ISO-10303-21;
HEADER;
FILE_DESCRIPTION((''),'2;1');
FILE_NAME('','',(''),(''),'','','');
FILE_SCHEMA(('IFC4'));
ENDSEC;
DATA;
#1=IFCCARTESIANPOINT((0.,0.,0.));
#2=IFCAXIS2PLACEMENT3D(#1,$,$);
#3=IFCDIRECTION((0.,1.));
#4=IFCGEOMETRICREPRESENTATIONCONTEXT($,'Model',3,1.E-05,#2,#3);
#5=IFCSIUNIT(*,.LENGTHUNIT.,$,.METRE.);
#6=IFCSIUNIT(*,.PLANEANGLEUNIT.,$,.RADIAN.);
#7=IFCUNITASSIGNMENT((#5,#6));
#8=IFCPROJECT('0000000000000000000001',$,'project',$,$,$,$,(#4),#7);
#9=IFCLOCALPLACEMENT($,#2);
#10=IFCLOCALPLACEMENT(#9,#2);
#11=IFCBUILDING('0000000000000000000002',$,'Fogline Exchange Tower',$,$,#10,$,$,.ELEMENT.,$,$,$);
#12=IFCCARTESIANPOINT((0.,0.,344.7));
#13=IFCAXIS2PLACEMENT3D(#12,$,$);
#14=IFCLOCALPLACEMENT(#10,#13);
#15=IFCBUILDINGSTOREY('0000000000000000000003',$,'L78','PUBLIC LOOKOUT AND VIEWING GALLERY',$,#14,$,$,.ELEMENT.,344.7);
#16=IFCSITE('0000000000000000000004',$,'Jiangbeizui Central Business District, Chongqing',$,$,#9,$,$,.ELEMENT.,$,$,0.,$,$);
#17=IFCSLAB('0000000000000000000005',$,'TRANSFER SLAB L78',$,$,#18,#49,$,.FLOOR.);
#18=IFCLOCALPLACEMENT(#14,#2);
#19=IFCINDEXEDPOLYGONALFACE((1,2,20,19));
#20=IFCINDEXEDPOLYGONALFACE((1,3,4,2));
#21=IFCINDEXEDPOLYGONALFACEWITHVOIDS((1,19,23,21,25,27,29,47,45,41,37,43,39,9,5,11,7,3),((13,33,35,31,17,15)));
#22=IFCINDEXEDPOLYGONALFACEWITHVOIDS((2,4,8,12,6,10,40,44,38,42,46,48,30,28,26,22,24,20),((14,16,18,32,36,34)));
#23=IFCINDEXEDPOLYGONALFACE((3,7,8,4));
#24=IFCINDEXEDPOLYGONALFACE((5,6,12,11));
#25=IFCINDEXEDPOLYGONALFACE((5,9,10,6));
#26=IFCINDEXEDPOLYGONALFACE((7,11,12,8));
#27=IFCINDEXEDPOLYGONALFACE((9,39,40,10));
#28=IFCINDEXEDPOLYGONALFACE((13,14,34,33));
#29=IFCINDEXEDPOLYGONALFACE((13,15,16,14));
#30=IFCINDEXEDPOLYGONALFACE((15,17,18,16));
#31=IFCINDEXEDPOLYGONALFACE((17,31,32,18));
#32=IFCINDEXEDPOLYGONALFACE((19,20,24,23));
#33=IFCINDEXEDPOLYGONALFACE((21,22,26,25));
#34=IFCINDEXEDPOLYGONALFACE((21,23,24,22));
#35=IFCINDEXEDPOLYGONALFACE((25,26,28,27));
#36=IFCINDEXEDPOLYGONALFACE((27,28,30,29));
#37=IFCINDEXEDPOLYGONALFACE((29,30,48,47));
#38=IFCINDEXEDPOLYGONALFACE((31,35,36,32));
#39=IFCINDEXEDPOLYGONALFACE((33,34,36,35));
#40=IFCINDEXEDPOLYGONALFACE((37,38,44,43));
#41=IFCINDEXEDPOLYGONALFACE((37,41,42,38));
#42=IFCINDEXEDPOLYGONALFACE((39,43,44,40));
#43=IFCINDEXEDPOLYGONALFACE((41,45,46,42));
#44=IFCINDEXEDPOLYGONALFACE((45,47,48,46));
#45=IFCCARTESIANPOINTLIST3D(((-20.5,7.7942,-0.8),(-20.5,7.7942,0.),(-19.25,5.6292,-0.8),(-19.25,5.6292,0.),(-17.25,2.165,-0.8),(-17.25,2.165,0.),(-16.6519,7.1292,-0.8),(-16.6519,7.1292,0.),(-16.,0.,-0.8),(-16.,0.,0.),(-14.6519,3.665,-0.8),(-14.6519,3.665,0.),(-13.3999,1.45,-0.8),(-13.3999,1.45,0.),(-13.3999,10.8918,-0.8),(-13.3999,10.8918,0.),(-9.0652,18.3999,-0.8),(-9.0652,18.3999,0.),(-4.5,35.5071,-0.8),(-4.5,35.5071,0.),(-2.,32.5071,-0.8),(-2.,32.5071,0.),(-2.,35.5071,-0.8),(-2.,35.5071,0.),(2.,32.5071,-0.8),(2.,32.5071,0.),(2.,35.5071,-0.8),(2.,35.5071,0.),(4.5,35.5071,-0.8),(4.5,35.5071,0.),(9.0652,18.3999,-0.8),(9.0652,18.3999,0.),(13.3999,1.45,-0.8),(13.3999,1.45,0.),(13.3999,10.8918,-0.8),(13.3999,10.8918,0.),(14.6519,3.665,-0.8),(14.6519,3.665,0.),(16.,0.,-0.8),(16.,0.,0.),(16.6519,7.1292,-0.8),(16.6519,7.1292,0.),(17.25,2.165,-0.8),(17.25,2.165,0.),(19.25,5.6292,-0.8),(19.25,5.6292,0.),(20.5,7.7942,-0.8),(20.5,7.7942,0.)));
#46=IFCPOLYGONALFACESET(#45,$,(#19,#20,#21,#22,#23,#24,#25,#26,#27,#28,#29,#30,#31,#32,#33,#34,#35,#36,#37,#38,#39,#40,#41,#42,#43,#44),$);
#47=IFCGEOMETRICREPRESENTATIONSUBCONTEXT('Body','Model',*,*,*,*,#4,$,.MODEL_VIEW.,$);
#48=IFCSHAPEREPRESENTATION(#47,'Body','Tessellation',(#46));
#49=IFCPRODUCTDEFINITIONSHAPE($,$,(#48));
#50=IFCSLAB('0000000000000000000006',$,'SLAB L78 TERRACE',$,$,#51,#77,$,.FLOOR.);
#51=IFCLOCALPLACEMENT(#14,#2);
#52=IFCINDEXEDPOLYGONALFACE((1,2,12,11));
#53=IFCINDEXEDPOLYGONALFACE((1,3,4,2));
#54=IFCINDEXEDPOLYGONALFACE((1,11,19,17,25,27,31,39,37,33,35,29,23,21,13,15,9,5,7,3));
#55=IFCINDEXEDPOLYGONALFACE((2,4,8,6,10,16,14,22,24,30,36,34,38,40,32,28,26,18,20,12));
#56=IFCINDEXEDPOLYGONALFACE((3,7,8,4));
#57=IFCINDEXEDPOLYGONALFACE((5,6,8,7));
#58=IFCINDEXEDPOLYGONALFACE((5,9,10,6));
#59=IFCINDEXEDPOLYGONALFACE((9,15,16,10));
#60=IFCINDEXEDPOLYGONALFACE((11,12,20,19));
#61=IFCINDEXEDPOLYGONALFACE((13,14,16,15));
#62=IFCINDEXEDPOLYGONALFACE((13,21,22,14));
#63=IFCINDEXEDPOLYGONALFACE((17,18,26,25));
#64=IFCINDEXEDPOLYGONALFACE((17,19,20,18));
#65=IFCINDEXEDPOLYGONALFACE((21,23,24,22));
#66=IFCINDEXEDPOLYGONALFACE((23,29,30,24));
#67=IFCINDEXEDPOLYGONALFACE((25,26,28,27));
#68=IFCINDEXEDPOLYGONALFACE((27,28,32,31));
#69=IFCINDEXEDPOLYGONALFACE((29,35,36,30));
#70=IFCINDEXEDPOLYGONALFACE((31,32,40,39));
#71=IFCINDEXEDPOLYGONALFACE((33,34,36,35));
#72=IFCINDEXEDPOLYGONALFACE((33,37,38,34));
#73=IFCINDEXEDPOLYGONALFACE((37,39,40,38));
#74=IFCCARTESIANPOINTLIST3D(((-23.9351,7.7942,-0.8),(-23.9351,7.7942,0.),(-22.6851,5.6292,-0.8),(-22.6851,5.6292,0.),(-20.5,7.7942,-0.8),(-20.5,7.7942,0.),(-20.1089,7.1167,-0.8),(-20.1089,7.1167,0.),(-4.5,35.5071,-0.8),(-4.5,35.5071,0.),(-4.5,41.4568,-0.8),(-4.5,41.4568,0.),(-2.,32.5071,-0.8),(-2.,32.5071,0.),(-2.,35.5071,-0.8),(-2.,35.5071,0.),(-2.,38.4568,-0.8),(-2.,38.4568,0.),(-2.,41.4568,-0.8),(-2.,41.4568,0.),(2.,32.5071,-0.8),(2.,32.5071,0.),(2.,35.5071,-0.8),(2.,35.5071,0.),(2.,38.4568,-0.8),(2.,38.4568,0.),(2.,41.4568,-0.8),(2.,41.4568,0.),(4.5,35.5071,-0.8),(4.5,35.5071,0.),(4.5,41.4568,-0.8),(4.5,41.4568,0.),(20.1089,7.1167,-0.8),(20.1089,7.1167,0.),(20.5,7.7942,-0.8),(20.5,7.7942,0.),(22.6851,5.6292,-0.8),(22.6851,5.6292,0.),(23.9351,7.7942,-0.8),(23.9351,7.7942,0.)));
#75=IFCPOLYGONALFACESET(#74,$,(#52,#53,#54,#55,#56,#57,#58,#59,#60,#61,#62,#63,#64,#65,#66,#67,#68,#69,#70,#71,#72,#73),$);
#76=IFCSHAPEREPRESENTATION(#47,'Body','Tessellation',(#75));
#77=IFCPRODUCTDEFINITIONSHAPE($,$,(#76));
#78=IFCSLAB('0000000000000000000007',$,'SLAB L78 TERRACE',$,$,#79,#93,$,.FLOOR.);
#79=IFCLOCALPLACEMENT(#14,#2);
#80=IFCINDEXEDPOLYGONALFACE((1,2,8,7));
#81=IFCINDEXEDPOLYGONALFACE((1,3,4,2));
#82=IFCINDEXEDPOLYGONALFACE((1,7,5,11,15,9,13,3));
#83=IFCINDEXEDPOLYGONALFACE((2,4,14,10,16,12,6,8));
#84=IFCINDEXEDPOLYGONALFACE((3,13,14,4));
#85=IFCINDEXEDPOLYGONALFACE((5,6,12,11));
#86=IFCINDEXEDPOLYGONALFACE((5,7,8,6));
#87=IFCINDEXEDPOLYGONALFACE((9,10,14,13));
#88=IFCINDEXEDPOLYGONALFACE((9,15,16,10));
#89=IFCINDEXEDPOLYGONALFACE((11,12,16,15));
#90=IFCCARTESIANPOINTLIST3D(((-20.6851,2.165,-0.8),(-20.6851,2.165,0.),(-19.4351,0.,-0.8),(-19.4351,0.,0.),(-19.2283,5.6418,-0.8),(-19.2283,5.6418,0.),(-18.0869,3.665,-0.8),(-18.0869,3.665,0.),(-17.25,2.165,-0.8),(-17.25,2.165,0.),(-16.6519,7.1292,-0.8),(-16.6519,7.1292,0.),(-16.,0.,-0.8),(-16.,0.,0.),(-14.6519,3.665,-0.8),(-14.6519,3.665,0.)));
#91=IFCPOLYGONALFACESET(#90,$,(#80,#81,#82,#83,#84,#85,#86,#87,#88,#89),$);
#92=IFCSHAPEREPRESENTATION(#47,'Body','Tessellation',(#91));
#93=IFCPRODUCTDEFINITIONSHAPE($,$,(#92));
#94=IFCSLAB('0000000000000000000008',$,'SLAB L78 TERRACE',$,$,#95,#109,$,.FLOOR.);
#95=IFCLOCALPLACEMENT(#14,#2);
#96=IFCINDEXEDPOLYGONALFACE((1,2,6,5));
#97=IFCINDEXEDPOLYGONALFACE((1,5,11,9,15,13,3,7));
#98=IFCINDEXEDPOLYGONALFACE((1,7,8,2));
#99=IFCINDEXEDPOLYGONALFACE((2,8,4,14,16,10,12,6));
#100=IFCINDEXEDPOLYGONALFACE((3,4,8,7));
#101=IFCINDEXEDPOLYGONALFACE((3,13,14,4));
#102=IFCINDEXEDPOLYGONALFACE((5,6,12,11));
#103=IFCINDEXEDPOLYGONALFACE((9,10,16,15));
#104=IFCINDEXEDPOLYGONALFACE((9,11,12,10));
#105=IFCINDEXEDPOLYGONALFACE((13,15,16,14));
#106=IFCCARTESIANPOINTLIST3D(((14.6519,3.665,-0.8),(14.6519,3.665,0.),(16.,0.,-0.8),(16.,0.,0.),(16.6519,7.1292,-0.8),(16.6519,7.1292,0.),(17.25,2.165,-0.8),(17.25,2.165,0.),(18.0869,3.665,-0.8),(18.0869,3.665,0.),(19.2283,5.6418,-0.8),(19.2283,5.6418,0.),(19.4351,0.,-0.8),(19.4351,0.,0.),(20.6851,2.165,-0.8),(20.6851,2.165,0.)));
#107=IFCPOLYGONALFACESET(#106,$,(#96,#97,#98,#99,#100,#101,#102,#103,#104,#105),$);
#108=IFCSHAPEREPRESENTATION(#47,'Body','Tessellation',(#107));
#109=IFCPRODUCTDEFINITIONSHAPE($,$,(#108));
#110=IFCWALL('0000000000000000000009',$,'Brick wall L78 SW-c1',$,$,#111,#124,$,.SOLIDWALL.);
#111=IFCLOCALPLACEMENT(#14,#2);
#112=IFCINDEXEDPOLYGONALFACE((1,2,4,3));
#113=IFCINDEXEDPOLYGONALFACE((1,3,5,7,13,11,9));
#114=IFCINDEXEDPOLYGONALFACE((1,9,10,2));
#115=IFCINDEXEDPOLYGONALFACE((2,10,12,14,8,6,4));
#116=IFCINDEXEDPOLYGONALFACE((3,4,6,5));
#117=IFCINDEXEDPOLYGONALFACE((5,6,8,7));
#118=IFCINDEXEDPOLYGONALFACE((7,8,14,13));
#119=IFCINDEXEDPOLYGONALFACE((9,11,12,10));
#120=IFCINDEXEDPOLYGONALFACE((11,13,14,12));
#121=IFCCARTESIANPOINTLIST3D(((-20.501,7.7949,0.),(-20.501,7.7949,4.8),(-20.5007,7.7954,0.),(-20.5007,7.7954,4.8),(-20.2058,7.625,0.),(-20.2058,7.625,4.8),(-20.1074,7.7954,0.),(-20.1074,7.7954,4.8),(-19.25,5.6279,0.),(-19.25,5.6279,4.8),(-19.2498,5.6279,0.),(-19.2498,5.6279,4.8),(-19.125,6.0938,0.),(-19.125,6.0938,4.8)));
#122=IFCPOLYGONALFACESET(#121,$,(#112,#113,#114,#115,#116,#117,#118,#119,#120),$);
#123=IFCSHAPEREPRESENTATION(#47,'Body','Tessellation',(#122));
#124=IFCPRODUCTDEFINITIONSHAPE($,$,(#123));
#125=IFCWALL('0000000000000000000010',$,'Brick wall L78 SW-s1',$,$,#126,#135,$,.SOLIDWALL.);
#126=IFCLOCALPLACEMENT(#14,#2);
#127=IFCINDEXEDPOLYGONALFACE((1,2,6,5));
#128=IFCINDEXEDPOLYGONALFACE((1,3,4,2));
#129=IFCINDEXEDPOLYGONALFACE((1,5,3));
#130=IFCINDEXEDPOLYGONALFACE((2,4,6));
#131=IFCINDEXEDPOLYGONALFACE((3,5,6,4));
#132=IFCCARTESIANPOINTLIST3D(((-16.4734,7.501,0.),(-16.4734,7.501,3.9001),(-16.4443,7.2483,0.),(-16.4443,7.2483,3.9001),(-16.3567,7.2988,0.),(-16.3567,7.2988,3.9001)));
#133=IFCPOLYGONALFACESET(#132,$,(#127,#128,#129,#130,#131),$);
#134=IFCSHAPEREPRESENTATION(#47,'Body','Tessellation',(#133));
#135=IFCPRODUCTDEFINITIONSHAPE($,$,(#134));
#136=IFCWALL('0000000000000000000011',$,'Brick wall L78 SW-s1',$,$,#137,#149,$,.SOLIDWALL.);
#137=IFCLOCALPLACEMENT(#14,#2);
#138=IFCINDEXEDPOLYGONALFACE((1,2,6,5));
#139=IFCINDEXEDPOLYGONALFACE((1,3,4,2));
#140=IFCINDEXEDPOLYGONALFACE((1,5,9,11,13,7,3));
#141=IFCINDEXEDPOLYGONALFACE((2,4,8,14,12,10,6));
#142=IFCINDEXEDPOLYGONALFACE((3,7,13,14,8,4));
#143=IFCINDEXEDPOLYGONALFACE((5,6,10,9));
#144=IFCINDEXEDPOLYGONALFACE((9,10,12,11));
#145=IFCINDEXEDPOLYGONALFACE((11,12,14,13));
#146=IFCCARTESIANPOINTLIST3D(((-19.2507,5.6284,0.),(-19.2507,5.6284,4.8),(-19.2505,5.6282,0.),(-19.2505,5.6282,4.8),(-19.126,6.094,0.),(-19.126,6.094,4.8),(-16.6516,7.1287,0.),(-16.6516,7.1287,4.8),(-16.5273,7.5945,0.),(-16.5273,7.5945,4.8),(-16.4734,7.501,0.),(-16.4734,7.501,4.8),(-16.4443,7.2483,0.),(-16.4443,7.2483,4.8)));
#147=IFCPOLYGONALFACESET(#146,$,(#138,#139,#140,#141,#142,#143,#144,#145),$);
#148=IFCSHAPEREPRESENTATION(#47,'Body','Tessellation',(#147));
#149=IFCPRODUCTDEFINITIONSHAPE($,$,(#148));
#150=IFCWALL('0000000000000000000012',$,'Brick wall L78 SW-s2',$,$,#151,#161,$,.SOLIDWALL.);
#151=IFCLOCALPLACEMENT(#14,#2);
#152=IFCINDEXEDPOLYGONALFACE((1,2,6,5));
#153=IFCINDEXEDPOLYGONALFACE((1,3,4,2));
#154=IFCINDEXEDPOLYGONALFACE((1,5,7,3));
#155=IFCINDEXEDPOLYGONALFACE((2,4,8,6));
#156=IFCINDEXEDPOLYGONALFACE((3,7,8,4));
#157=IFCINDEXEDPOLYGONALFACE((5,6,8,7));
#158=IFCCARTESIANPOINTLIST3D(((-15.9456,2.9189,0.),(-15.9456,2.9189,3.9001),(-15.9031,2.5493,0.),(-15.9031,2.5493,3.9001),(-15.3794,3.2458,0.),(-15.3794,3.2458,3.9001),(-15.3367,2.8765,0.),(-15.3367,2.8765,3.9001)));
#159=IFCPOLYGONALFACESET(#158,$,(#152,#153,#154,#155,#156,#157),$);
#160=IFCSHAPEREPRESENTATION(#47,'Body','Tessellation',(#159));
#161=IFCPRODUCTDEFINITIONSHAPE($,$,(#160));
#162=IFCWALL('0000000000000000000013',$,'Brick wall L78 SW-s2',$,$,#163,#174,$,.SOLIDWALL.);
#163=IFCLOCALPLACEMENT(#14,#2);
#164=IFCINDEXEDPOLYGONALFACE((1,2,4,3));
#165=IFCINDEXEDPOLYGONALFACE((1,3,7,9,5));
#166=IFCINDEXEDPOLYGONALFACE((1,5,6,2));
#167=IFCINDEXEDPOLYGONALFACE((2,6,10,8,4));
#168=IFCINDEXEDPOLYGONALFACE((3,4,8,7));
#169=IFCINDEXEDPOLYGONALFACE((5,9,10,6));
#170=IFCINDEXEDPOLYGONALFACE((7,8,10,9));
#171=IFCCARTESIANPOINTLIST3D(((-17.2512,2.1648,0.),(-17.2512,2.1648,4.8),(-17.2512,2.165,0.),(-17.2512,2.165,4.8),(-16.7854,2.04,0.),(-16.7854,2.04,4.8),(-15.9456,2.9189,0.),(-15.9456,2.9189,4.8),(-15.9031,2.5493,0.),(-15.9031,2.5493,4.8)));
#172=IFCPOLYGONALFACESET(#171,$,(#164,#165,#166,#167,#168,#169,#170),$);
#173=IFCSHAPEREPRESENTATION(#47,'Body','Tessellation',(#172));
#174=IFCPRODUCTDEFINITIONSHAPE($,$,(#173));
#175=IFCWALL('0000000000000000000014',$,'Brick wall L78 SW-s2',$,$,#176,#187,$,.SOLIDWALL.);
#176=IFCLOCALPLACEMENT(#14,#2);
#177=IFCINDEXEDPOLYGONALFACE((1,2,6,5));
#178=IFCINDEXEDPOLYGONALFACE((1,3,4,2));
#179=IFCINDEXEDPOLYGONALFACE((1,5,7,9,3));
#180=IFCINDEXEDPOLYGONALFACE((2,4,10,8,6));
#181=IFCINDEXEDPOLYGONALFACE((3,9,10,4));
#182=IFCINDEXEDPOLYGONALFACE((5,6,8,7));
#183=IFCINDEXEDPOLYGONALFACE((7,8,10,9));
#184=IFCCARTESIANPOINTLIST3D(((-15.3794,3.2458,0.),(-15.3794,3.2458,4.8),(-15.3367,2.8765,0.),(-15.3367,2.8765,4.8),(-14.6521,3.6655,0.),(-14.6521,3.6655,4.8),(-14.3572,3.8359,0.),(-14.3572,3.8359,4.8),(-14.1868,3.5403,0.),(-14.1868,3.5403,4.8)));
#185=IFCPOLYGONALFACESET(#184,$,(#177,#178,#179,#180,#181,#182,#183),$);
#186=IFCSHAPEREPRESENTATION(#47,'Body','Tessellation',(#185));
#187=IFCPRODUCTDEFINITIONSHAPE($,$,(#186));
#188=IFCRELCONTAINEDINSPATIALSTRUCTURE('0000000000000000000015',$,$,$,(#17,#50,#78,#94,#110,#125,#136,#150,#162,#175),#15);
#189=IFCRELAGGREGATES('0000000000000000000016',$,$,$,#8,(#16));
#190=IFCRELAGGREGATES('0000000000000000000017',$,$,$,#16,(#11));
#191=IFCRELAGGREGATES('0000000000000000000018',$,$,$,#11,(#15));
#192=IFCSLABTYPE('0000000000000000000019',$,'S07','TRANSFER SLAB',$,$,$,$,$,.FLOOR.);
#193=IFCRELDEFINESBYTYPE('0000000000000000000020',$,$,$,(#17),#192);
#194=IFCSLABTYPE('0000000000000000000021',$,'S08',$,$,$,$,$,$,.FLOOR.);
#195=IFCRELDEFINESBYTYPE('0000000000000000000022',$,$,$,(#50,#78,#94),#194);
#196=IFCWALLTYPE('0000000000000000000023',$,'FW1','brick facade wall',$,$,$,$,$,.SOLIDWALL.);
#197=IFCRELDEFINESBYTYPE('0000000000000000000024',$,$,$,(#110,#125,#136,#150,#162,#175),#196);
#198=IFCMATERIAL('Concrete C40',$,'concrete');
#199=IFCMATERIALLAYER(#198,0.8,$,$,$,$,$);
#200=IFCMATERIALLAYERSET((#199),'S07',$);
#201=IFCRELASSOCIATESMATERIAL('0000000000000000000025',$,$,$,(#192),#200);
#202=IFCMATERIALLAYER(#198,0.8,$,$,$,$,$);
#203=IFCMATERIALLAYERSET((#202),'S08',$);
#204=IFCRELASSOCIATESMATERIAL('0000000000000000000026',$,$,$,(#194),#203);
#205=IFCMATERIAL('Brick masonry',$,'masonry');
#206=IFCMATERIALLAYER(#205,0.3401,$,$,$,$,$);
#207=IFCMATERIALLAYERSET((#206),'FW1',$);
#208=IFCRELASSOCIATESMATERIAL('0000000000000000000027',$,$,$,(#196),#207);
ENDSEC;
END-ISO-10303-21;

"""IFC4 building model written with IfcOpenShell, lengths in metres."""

from ifc_helpers import new_model, si_unit, direction, frame, origin, place, context, subcontext, project, spatial, polyline, outline, extrude, material, layer, layer_set, type_object, element, save


model = new_model("IFC4")

# Units and contexts
model_context = context("Model", 3, precision=1e-05, world=origin(), true_north=direction((0.0, 1.0)))
body_context = subcontext(model_context, "Body", "Model", "MODEL_VIEW")
ifc_project = project(units=[si_unit("LENGTHUNIT", "METRE"), si_unit("PLANEANGLEUNIT", "RADIAN")], contexts=[model_context])

# Site, building, storey
site_placement = place(None, origin())
site = spatial("IfcSite", under=ifc_project, at=site_placement, Name="Jiangbeizui Central Business District, Chongqing", CompositionType="ELEMENT", RefElevation=0.0)
building_placement = place(site_placement, origin())
building = spatial("IfcBuilding", under=site, at=building_placement, Name="Fogline Exchange Tower", CompositionType="ELEMENT")
storey_placement = place(building_placement, frame((0.0, 0.0, 344.7)))
storey = spatial("IfcBuildingStorey", under=building, at=storey_placement, Name="L78", Description="PUBLIC LOOKOUT AND VIEWING GALLERY", CompositionType="ELEMENT", Elevation=344.7)

# Slabs
ifc_material_1 = material(Name="Concrete C40", Category="concrete")
ifc_layer_1 = layer(ifc_material_1, 0.8)
ifc_layer_set_1 = layer_set([ifc_layer_1], Name="S07")
slab_type_1 = type_object("IfcSlabType", Name="S07", Description="TRANSFER SLAB", PredefinedType="FLOOR", material=ifc_layer_set_1)
slab_1_placement = place(storey_placement, frame((0.0, 0.0, -0.8)))
element("IfcSlab", 1, at=slab_1_placement, inside=storey, type_object=slab_type_1, Name="TRANSFER SLAB L78", PredefinedType="FLOOR", context=body_context, shape_type="SweptSolid", body=[
    extrude(outline(polyline([(-4.5, 35.5071), (-20.5, 7.7942), (-19.25, 5.6292), (-16.6519, 7.1292), (-14.6519, 3.665), (-17.25, 2.165), (-16.0, 0.0), (16.0, 0.0), (17.25, 2.165), (14.6519, 3.665), (16.6519, 7.1292), (19.25, 5.6292), (20.5, 7.7942), (4.5, 35.5071), (2.0, 35.5071), (2.0, 32.5071), (-2.0, 32.5071), (-2.0, 35.5071), (-4.5, 35.5071)]), holes=[polyline([(13.3999, 1.45), (-13.3999, 1.45), (-13.3999, 10.8918), (-9.0652, 18.3999), (9.0652, 18.3999), (13.3999, 10.8918), (13.3999, 1.45)])]), origin(), (0.0, 0.0, 1.0), 0.8),
])
ifc_layer_2 = layer(ifc_material_1, 0.8)
ifc_layer_set_2 = layer_set([ifc_layer_2], Name="S08")
slab_type_2 = type_object("IfcSlabType", Name="S08", PredefinedType="FLOOR", material=ifc_layer_set_2)
slab_2_placement = place(storey_placement, frame((0.0, 0.0, -0.8)))
element("IfcSlab", 2, at=slab_2_placement, inside=storey, type_object=slab_type_2, Name="SLAB L78 TERRACE", PredefinedType="FLOOR", context=body_context, shape_type="SweptSolid", body=[
    extrude(outline(polyline([(-22.6851, 5.6292), (-20.1089, 7.1167), (-20.5, 7.7942), (-4.5, 35.5071), (-2.0, 35.5071), (-2.0, 32.5071), (2.0, 32.5071), (2.0, 35.5071), (4.5, 35.5071), (20.5, 7.7942), (20.1089, 7.1167), (22.6851, 5.6292), (23.9351, 7.7942), (4.5, 41.4568), (2.0, 41.4568), (2.0, 38.4568), (-2.0, 38.4568), (-2.0, 41.4568), (-4.5, 41.4568), (-23.9351, 7.7942), (-22.6851, 5.6292)])), origin(), (0.0, 0.0, 1.0), 0.8),
])
slab_3_placement = place(storey_placement, frame((0.0, 0.0, -0.8)))
element("IfcSlab", 3, at=slab_3_placement, inside=storey, type_object=slab_type_2, Name="SLAB L78 TERRACE", PredefinedType="FLOOR", context=body_context, shape_type="SweptSolid", body=[
    extrude(outline(polyline([(-19.4351, 0.0), (-16.0, 0.0), (-17.25, 2.165), (-14.6519, 3.665), (-16.6519, 7.1292), (-19.2283, 5.6418), (-18.0869, 3.665), (-20.6851, 2.165), (-19.4351, 0.0)])), origin(), (0.0, 0.0, 1.0), 0.8),
])
slab_4_placement = place(storey_placement, frame((0.0, 0.0, -0.8)))
element("IfcSlab", 4, at=slab_4_placement, inside=storey, type_object=slab_type_2, Name="SLAB L78 TERRACE", PredefinedType="FLOOR", context=body_context, shape_type="SweptSolid", body=[
    extrude(outline(polyline([(18.0869, 3.665), (19.2283, 5.6418), (16.6519, 7.1292), (14.6519, 3.665), (17.25, 2.165), (16.0, 0.0), (19.4351, 0.0), (20.6851, 2.165), (18.0869, 3.665)])), origin(), (0.0, 0.0, 1.0), 0.8),
])

# Walls
ifc_material_2 = material(Name="Brick masonry", Category="masonry")
ifc_layer_3 = layer(ifc_material_2, 0.3401)
ifc_layer_set_3 = layer_set([ifc_layer_3], Name="FW1")
wall_type = type_object("IfcWallType", Name="FW1", Description="brick facade wall", PredefinedType="SOLIDWALL", material=ifc_layer_set_3)
wall_1_placement = place(storey_placement, origin())
element("IfcWall", 5, at=wall_1_placement, inside=storey, type_object=wall_type, Name="Brick wall L78 SW-c1", PredefinedType="SOLIDWALL", context=body_context, shape_type="SweptSolid", body=[
    extrude(outline(polyline([(-19.25, 5.6279), (-20.501, 7.7949), (-20.5007, 7.7954), (-20.2058, 7.625), (-20.1074, 7.7954), (-19.125, 6.0938), (-19.2498, 5.6279), (-19.25, 5.6279)])), origin(), (0.0, 0.0, 1.0), 4.8),
])
wall_2_placement = place(storey_placement, origin())
element("IfcWall", 6, at=wall_2_placement, inside=storey, type_object=wall_type, Name="Brick wall L78 SW-s1", PredefinedType="SOLIDWALL", context=body_context, shape_type="SweptSolid", body=[
    extrude(outline(polyline([(-16.3567, 7.2988), (-16.4443, 7.2483), (-16.4734, 7.501), (-16.3567, 7.2988)])), origin(), (0.0, 0.0, 1.0), 3.9001),
])
wall_3_placement = place(storey_placement, origin())
element("IfcWall", 7, at=wall_3_placement, inside=storey, type_object=wall_type, Name="Brick wall L78 SW-s1", PredefinedType="SOLIDWALL", context=body_context, shape_type="SweptSolid", body=[
    extrude(outline(polyline([(-16.4734, 7.501), (-16.4443, 7.2483), (-16.6516, 7.1287), (-19.2505, 5.6282), (-19.2507, 5.6284), (-19.126, 6.094), (-16.5273, 7.5945), (-16.4734, 7.501)])), origin(), (0.0, 0.0, 1.0), 4.8),
])
wall_4_placement = place(storey_placement, origin())
element("IfcWall", 8, at=wall_4_placement, inside=storey, type_object=wall_type, Name="Brick wall L78 SW-s2", PredefinedType="SOLIDWALL", context=body_context, shape_type="SweptSolid", body=[
    extrude(outline(polyline([(-15.3794, 3.2458), (-15.3367, 2.8765), (-15.9031, 2.5493), (-15.9456, 2.9189), (-15.3794, 3.2458)])), origin(), (0.0, 0.0, 1.0), 3.9001),
])
wall_5_placement = place(storey_placement, origin())
element("IfcWall", 9, at=wall_5_placement, inside=storey, type_object=wall_type, Name="Brick wall L78 SW-s2", PredefinedType="SOLIDWALL", context=body_context, shape_type="SweptSolid", body=[
    extrude(outline(polyline([(-15.9456, 2.9189), (-15.9031, 2.5493), (-16.7854, 2.04), (-17.2512, 2.1648), (-17.2512, 2.165), (-15.9456, 2.9189)])), origin(), (0.0, 0.0, 1.0), 4.8),
])
wall_6_placement = place(storey_placement, origin())
element("IfcWall", 10, at=wall_6_placement, inside=storey, type_object=wall_type, Name="Brick wall L78 SW-s2", PredefinedType="SOLIDWALL", context=body_context, shape_type="SweptSolid", body=[
    extrude(outline(polyline([(-14.6521, 3.6655), (-14.3572, 3.8359), (-14.1868, 3.5403), (-15.3367, 2.8765), (-15.3794, 3.2458), (-14.6521, 3.6655)])), origin(), (0.0, 0.0, 1.0), 4.8),
])

save(model, "model.ifc")
